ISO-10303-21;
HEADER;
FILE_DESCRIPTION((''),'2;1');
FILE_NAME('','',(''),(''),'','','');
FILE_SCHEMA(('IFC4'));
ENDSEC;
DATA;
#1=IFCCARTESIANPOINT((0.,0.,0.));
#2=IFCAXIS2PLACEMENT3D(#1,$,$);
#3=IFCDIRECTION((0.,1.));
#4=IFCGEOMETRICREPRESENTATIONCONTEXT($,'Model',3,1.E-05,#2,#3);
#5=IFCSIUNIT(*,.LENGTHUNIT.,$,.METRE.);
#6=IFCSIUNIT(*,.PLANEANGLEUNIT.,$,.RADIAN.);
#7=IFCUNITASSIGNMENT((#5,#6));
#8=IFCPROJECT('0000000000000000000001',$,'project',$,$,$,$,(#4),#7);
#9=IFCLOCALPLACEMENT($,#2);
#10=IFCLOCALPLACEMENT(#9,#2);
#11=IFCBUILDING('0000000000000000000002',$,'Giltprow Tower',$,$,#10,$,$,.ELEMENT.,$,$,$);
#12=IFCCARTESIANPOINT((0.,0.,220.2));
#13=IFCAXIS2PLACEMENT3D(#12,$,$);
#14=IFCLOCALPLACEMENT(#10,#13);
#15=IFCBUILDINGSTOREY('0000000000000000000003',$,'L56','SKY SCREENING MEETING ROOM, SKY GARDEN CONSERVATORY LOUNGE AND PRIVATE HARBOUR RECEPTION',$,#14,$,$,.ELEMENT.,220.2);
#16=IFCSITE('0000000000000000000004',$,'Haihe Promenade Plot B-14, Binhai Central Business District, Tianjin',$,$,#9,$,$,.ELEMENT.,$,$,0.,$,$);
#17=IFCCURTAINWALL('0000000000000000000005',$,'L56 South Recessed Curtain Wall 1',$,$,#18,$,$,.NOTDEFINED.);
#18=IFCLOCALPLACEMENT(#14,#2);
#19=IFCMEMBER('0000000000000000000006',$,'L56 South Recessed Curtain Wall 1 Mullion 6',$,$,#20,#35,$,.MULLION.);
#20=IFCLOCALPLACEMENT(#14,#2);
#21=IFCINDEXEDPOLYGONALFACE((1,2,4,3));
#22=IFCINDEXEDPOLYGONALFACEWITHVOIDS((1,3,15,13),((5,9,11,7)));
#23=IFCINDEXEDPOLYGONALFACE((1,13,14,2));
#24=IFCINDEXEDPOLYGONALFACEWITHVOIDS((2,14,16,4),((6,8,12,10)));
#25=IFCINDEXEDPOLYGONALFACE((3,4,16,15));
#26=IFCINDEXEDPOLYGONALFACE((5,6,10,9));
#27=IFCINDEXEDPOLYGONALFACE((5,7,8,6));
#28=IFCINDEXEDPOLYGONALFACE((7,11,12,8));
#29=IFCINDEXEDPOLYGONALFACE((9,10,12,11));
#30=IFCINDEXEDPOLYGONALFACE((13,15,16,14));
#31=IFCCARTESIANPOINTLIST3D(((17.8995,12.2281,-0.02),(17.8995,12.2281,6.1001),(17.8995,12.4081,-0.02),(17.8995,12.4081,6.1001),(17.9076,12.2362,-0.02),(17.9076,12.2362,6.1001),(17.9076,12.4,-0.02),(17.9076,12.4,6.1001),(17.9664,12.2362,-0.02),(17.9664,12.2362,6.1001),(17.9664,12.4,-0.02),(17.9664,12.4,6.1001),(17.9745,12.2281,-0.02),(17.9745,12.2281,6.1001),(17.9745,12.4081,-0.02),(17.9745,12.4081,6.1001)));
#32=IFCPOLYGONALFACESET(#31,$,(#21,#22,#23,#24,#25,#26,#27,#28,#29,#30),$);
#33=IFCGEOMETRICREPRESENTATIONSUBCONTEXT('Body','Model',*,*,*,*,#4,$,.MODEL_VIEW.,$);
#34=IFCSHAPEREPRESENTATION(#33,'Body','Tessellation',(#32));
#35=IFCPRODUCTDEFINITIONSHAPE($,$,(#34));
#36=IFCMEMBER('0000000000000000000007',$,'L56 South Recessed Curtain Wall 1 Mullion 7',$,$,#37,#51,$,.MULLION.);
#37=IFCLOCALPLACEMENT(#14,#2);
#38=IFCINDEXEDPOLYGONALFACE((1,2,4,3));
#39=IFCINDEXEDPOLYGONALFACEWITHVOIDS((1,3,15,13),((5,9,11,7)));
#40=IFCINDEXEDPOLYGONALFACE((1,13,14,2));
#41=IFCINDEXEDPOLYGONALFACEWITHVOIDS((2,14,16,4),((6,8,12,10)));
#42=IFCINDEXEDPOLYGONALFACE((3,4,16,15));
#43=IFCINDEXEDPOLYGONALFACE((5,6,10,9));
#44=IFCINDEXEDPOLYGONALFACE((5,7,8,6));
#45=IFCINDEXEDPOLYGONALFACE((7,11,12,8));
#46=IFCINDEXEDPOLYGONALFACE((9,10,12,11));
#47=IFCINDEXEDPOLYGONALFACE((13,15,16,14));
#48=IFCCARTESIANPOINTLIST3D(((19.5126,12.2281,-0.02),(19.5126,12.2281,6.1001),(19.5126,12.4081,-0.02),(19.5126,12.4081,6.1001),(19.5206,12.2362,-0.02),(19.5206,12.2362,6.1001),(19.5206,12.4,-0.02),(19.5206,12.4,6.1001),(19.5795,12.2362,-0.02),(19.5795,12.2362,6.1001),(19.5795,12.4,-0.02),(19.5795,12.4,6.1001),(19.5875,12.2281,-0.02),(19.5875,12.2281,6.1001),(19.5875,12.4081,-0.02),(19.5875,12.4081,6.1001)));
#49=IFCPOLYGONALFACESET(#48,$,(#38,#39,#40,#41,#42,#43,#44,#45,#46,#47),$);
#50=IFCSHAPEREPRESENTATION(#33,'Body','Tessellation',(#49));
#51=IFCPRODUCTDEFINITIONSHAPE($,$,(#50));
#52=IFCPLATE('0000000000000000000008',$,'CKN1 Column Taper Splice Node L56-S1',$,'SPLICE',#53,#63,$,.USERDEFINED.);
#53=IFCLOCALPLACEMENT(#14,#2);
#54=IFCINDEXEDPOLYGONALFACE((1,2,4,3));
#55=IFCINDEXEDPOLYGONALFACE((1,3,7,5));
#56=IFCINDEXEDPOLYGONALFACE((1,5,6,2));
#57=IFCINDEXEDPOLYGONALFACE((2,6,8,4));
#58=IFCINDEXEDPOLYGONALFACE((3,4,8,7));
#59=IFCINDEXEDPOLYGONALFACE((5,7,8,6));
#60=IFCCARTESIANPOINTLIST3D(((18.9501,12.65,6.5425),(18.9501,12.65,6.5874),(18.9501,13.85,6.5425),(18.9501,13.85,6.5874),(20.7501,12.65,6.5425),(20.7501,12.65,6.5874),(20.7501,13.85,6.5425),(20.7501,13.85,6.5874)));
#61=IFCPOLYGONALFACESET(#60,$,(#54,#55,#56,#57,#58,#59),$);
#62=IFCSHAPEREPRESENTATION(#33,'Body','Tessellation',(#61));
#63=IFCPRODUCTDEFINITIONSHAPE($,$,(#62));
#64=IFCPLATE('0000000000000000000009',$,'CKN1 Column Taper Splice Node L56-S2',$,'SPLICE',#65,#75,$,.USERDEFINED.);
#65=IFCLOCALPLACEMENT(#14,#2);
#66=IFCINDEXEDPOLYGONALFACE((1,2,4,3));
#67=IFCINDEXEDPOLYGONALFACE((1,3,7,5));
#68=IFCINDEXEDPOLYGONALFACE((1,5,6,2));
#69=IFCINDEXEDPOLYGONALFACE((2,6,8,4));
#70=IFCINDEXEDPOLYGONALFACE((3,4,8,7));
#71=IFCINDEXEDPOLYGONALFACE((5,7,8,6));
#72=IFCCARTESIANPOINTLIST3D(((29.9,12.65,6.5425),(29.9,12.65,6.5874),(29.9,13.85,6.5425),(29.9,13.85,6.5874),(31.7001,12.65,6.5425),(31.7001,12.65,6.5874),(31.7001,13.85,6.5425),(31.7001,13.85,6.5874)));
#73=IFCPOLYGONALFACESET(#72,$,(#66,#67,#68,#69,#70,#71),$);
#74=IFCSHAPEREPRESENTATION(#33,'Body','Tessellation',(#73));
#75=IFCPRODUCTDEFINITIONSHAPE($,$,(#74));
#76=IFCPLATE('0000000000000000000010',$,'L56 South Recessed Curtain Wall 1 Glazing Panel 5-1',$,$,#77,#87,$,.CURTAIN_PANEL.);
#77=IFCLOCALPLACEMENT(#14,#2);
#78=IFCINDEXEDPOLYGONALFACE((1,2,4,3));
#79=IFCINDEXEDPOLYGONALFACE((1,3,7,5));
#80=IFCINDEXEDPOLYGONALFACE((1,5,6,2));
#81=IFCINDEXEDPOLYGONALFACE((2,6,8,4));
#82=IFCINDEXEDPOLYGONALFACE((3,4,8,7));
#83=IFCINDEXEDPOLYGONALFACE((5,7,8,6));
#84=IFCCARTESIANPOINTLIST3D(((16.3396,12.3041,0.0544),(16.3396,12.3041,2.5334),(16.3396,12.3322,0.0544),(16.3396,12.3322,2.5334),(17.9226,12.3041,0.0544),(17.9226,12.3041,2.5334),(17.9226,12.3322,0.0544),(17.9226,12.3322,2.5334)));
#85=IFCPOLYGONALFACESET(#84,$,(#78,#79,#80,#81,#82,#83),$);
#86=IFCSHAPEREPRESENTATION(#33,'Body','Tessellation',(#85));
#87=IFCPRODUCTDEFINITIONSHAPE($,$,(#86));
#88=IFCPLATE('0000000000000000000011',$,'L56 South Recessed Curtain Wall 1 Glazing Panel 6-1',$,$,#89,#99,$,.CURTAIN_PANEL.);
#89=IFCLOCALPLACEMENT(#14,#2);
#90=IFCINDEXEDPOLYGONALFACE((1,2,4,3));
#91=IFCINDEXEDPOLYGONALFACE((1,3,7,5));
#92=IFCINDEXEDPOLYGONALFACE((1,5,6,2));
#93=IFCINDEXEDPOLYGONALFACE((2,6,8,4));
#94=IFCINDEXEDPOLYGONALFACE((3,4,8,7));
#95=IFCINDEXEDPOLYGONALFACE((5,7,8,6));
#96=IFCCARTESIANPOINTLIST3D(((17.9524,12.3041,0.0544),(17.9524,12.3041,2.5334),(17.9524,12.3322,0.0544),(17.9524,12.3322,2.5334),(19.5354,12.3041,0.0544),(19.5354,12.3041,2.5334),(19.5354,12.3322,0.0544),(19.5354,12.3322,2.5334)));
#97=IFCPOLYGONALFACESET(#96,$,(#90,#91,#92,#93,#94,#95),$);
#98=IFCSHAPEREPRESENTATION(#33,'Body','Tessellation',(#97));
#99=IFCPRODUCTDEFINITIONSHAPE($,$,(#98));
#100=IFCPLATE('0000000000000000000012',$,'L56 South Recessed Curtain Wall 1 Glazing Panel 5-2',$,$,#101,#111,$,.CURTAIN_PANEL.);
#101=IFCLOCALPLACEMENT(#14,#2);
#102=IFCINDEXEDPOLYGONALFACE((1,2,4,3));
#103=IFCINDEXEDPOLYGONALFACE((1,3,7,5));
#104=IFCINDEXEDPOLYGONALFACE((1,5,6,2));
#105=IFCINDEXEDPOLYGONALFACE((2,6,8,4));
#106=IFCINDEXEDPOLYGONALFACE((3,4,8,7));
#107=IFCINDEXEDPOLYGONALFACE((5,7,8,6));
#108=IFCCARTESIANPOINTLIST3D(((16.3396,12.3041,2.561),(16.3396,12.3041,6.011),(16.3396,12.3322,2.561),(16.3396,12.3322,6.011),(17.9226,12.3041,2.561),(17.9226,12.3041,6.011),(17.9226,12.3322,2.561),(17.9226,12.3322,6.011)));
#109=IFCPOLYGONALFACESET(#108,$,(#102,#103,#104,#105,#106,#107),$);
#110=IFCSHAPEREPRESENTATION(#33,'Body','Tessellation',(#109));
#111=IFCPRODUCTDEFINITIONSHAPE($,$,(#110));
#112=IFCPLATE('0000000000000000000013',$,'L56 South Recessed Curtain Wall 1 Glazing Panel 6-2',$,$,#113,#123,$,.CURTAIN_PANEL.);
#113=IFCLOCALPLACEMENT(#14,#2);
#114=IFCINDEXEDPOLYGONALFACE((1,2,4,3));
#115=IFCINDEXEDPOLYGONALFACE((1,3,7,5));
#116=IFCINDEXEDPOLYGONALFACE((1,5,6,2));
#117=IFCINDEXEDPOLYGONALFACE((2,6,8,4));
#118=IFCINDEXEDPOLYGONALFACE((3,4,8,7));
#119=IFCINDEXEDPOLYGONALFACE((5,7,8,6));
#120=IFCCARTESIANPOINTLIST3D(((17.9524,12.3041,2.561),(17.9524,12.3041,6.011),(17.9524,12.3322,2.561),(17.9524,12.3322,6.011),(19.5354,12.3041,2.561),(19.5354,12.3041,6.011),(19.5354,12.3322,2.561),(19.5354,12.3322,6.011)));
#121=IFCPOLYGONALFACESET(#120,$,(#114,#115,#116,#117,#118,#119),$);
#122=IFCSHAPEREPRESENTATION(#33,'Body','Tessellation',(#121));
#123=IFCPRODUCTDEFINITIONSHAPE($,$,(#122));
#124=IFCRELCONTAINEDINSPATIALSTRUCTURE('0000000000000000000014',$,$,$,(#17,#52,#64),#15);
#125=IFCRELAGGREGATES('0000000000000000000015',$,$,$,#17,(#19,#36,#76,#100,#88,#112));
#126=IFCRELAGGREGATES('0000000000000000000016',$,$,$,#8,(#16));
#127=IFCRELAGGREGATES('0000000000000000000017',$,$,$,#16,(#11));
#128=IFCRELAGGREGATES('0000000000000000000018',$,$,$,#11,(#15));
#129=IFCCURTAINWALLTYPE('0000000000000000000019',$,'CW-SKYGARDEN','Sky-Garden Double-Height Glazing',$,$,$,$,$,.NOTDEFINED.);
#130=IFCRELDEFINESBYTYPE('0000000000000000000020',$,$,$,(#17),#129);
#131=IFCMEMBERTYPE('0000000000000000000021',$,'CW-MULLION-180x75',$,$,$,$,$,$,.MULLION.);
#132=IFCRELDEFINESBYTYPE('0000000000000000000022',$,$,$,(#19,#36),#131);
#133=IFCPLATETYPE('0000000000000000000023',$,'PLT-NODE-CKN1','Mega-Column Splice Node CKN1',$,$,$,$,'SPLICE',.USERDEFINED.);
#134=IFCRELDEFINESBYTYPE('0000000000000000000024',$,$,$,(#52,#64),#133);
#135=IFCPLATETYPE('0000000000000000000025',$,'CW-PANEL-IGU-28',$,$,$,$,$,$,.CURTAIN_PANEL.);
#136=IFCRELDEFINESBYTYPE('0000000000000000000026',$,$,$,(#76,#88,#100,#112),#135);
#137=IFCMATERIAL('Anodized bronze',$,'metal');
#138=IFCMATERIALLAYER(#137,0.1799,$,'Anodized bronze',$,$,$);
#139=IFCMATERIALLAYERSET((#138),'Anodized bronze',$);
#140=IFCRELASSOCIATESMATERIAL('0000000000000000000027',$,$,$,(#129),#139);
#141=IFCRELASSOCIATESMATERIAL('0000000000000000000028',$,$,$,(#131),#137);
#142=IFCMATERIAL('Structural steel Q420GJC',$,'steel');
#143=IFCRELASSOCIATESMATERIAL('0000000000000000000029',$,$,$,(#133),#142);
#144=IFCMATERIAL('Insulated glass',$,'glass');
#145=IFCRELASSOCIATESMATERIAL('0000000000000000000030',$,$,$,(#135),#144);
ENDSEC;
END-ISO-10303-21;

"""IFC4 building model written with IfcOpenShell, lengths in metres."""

from ifc_helpers import new_model, si_unit, direction, frame, origin, origin_2d, place, context, subcontext, project, spatial, rectangle, hollow_rectangle, extrude, source, transform, mapped, material, layer, layer_set, material_profile, profile_set, type_object, element, aggregate, save


model = new_model("IFC4")

# Units and contexts
model_context = context("Model", 3, precision=1e-05, world=origin(), true_north=direction((0.0, 1.0)))
body_context = subcontext(model_context, "Body", "Model", "MODEL_VIEW")
ifc_project = project(units=[si_unit("LENGTHUNIT", "METRE"), si_unit("PLANEANGLEUNIT", "RADIAN")], contexts=[model_context])

# Site, building, storey
site_placement = place(None, origin())
site = spatial("IfcSite", under=ifc_project, at=site_placement, Name="Haihe Promenade Plot B-14, Binhai Central Business District, Tianjin", CompositionType="ELEMENT", RefElevation=0.0)
building_placement = place(site_placement, origin())
building = spatial("IfcBuilding", under=site, at=building_placement, Name="Giltprow Tower", CompositionType="ELEMENT")
storey_placement = place(building_placement, frame((0.0, 0.0, 220.2)))
storey = spatial("IfcBuildingStorey", under=building, at=storey_placement, Name="L56", Description="SKY SCREENING MEETING ROOM, SKY GARDEN CONSERVATORY LOUNGE AND PRIVATE HARBOUR RECEPTION", CompositionType="ELEMENT", Elevation=220.2)

# Curtain wall, members
ifc_material_1 = material(Name="Anodized bronze", Category="metal")
ifc_layer_1 = layer(ifc_material_1, 0.1799, Name="Anodized bronze")
ifc_layer_set_1 = layer_set([ifc_layer_1], Name="Anodized bronze")
curtain_wall_type = type_object("IfcCurtainWallType", Name="CW-SKYGARDEN", Description="Sky-Garden Double-Height Glazing", PredefinedType="NOTDEFINED", material=ifc_layer_set_1)
curtain_wall_placement = place(storey_placement, origin())
curtain_wall = element("IfcCurtainWall", 1, at=curtain_wall_placement, inside=storey, type_object=curtain_wall_type, Name="L56 South Recessed Curtain Wall 1", PredefinedType="NOTDEFINED")
ifc_material_profile_1 = material_profile(ifc_material_1, hollow_rectangle(XDim=0.075, YDim=0.1799, WallThickness=0.0081, at=origin_2d()), Name="RHS 180x75x8")
ifc_profile_set_1 = profile_set([ifc_material_profile_1], Name="Anodized bronze")
member_type = type_object("IfcMemberType", Name="CW-MULLION-180x75", PredefinedType="MULLION", material=ifc_profile_set_1)
shared_shape_1 = source(origin(), body_context, "Body", "SweptSolid", [
    extrude(hollow_rectangle(XDim=0.075, YDim=0.1799, WallThickness=0.0081, at=origin_2d()), origin(), (0.0, 0.0, 1.0), 6.1201),
])
member_1_placement = place(storey_placement, frame((17.937, 12.3181, -0.02), z_axis=(0.0, 0.0, 1.0), x_axis=(1.0, 0.0, 0.0)))
member_1 = element("IfcMember", 2, at=member_1_placement, type_object=member_type, Name="L56 South Recessed Curtain Wall 1 Mullion 6", PredefinedType="MULLION", context=body_context, shape_type="MappedRepresentation", body=[
    mapped(shared_shape_1, transform((0.0, 0.0, 0.0), x_axis=(1.0, 0.0, 0.0), y_axis=(0.0, 1.0, 0.0), z_axis=(0.0, 0.0, 1.0), scale=1.0)),
])
member_2_placement = place(storey_placement, frame((19.55, 12.3181, -0.02), z_axis=(0.0, 0.0, 1.0), x_axis=(1.0, 0.0, 0.0)))
member_2 = element("IfcMember", 3, at=member_2_placement, type_object=member_type, Name="L56 South Recessed Curtain Wall 1 Mullion 7", PredefinedType="MULLION", context=body_context, shape_type="MappedRepresentation", body=[
    mapped(shared_shape_1, transform((0.0, 0.0, 0.0), x_axis=(1.0, 0.0, 0.0), y_axis=(0.0, 1.0, 0.0), z_axis=(0.0, 0.0, 1.0), scale=1.0)),
])

# Plates
ifc_material_2 = material(Name="Structural steel Q420GJC", Category="steel")
plate_type_1 = type_object("IfcPlateType", Name="PLT-NODE-CKN1", Description="Mega-Column Splice Node CKN1", ElementType="SPLICE", PredefinedType="USERDEFINED", material=ifc_material_2)
shared_shape_2 = source(origin(), body_context, "Body", "SweptSolid", [
    extrude(rectangle(XDim=1.8, YDim=1.2, at=origin_2d()), origin(), (0.0, 0.0, 1.0), 0.0449),
])
for number, where, z_axis, x_axis, name in (
    (4, (19.8501, 13.25, 6.5425), (0.0, 0.0, 1.0), (1.0, 0.0, 0.0), "CKN1 Column Taper Splice Node L56-S1"),
    (5, (30.8, 13.25, 6.5425), (0.0, 0.0, 1.0), (1.0, 0.0, 0.0), "CKN1 Column Taper Splice Node L56-S2"),
):
    element("IfcPlate", number, at=place(storey_placement, frame(where, z_axis=z_axis, x_axis=x_axis)), inside=storey, type_object=plate_type_1, Name=name, ObjectType="SPLICE", PredefinedType="USERDEFINED", context=body_context, shape_type="MappedRepresentation", body=[
        mapped(shared_shape_2, transform((0.0, 0.0, 0.0), x_axis=(1.0, 0.0, 0.0), y_axis=(0.0, 1.0, 0.0), z_axis=(0.0, 0.0, 1.0), scale=1.0)),
    ])

# Plates
ifc_material_3 = material(Name="Insulated glass", Category="glass")
plate_type_2 = type_object("IfcPlateType", Name="CW-PANEL-IGU-28", PredefinedType="CURTAIN_PANEL", material=ifc_material_3)
shared_shape_3 = source(origin(), body_context, "Body", "SweptSolid", [
    extrude(rectangle(XDim=1.583, YDim=0.0281, at=origin_2d()), origin(), (0.0, 0.0, 1.0), 2.479),
])
plate_1_placement = place(storey_placement, frame((17.1311, 12.3181, 0.0544), z_axis=(0.0, 0.0, 1.0), x_axis=(1.0, 0.0, 0.0)))
plate_1 = element("IfcPlate", 6, at=plate_1_placement, type_object=plate_type_2, Name="L56 South Recessed Curtain Wall 1 Glazing Panel 5-1", PredefinedType="CURTAIN_PANEL", context=body_context, shape_type="MappedRepresentation", body=[
    mapped(shared_shape_3, transform((0.0, 0.0, 0.0), x_axis=(1.0, 0.0, 0.0), y_axis=(0.0, 1.0, 0.0), z_axis=(0.0, 0.0, 1.0), scale=1.0)),
])
plate_2_placement = place(storey_placement, frame((18.7439, 12.3181, 0.0544), z_axis=(0.0, 0.0, 1.0), x_axis=(1.0, 0.0, 0.0)))
plate_2 = element("IfcPlate", 7, at=plate_2_placement, type_object=plate_type_2, Name="L56 South Recessed Curtain Wall 1 Glazing Panel 6-1", PredefinedType="CURTAIN_PANEL", context=body_context, shape_type="MappedRepresentation", body=[
    mapped(shared_shape_3, transform((0.0, 0.0, 0.0), x_axis=(1.0, 0.0, 0.0), y_axis=(0.0, 1.0, 0.0), z_axis=(0.0, 0.0, 1.0), scale=1.0)),
])
shared_shape_4 = source(origin(), body_context, "Body", "SweptSolid", [
    extrude(rectangle(XDim=1.583, YDim=0.0281, at=origin_2d()), origin(), (0.0, 0.0, 1.0), 3.45),
])
plate_3_placement = place(storey_placement, frame((17.1311, 12.3181, 2.561), z_axis=(0.0, 0.0, 1.0), x_axis=(1.0, 0.0, 0.0)))
plate_3 = element("IfcPlate", 8, at=plate_3_placement, type_object=plate_type_2, Name="L56 South Recessed Curtain Wall 1 Glazing Panel 5-2", PredefinedType="CURTAIN_PANEL", context=body_context, shape_type="MappedRepresentation", body=[
    mapped(shared_shape_4, transform((0.0, 0.0, 0.0), x_axis=(1.0, 0.0, 0.0), y_axis=(0.0, 1.0, 0.0), z_axis=(0.0, 0.0, 1.0), scale=1.0)),
])
plate_4_placement = place(storey_placement, frame((18.7439, 12.3181, 2.561), z_axis=(0.0, 0.0, 1.0), x_axis=(1.0, 0.0, 0.0)))
plate_4 = element("IfcPlate", 9, at=plate_4_placement, type_object=plate_type_2, Name="L56 South Recessed Curtain Wall 1 Glazing Panel 6-2", PredefinedType="CURTAIN_PANEL", context=body_context, shape_type="MappedRepresentation", body=[
    mapped(shared_shape_4, transform((0.0, 0.0, 0.0), x_axis=(1.0, 0.0, 0.0), y_axis=(0.0, 1.0, 0.0), z_axis=(0.0, 0.0, 1.0), scale=1.0)),
])
aggregate(curtain_wall, [member_1, member_2, plate_1, plate_3, plate_2, plate_4])

save(model, "model.ifc")
